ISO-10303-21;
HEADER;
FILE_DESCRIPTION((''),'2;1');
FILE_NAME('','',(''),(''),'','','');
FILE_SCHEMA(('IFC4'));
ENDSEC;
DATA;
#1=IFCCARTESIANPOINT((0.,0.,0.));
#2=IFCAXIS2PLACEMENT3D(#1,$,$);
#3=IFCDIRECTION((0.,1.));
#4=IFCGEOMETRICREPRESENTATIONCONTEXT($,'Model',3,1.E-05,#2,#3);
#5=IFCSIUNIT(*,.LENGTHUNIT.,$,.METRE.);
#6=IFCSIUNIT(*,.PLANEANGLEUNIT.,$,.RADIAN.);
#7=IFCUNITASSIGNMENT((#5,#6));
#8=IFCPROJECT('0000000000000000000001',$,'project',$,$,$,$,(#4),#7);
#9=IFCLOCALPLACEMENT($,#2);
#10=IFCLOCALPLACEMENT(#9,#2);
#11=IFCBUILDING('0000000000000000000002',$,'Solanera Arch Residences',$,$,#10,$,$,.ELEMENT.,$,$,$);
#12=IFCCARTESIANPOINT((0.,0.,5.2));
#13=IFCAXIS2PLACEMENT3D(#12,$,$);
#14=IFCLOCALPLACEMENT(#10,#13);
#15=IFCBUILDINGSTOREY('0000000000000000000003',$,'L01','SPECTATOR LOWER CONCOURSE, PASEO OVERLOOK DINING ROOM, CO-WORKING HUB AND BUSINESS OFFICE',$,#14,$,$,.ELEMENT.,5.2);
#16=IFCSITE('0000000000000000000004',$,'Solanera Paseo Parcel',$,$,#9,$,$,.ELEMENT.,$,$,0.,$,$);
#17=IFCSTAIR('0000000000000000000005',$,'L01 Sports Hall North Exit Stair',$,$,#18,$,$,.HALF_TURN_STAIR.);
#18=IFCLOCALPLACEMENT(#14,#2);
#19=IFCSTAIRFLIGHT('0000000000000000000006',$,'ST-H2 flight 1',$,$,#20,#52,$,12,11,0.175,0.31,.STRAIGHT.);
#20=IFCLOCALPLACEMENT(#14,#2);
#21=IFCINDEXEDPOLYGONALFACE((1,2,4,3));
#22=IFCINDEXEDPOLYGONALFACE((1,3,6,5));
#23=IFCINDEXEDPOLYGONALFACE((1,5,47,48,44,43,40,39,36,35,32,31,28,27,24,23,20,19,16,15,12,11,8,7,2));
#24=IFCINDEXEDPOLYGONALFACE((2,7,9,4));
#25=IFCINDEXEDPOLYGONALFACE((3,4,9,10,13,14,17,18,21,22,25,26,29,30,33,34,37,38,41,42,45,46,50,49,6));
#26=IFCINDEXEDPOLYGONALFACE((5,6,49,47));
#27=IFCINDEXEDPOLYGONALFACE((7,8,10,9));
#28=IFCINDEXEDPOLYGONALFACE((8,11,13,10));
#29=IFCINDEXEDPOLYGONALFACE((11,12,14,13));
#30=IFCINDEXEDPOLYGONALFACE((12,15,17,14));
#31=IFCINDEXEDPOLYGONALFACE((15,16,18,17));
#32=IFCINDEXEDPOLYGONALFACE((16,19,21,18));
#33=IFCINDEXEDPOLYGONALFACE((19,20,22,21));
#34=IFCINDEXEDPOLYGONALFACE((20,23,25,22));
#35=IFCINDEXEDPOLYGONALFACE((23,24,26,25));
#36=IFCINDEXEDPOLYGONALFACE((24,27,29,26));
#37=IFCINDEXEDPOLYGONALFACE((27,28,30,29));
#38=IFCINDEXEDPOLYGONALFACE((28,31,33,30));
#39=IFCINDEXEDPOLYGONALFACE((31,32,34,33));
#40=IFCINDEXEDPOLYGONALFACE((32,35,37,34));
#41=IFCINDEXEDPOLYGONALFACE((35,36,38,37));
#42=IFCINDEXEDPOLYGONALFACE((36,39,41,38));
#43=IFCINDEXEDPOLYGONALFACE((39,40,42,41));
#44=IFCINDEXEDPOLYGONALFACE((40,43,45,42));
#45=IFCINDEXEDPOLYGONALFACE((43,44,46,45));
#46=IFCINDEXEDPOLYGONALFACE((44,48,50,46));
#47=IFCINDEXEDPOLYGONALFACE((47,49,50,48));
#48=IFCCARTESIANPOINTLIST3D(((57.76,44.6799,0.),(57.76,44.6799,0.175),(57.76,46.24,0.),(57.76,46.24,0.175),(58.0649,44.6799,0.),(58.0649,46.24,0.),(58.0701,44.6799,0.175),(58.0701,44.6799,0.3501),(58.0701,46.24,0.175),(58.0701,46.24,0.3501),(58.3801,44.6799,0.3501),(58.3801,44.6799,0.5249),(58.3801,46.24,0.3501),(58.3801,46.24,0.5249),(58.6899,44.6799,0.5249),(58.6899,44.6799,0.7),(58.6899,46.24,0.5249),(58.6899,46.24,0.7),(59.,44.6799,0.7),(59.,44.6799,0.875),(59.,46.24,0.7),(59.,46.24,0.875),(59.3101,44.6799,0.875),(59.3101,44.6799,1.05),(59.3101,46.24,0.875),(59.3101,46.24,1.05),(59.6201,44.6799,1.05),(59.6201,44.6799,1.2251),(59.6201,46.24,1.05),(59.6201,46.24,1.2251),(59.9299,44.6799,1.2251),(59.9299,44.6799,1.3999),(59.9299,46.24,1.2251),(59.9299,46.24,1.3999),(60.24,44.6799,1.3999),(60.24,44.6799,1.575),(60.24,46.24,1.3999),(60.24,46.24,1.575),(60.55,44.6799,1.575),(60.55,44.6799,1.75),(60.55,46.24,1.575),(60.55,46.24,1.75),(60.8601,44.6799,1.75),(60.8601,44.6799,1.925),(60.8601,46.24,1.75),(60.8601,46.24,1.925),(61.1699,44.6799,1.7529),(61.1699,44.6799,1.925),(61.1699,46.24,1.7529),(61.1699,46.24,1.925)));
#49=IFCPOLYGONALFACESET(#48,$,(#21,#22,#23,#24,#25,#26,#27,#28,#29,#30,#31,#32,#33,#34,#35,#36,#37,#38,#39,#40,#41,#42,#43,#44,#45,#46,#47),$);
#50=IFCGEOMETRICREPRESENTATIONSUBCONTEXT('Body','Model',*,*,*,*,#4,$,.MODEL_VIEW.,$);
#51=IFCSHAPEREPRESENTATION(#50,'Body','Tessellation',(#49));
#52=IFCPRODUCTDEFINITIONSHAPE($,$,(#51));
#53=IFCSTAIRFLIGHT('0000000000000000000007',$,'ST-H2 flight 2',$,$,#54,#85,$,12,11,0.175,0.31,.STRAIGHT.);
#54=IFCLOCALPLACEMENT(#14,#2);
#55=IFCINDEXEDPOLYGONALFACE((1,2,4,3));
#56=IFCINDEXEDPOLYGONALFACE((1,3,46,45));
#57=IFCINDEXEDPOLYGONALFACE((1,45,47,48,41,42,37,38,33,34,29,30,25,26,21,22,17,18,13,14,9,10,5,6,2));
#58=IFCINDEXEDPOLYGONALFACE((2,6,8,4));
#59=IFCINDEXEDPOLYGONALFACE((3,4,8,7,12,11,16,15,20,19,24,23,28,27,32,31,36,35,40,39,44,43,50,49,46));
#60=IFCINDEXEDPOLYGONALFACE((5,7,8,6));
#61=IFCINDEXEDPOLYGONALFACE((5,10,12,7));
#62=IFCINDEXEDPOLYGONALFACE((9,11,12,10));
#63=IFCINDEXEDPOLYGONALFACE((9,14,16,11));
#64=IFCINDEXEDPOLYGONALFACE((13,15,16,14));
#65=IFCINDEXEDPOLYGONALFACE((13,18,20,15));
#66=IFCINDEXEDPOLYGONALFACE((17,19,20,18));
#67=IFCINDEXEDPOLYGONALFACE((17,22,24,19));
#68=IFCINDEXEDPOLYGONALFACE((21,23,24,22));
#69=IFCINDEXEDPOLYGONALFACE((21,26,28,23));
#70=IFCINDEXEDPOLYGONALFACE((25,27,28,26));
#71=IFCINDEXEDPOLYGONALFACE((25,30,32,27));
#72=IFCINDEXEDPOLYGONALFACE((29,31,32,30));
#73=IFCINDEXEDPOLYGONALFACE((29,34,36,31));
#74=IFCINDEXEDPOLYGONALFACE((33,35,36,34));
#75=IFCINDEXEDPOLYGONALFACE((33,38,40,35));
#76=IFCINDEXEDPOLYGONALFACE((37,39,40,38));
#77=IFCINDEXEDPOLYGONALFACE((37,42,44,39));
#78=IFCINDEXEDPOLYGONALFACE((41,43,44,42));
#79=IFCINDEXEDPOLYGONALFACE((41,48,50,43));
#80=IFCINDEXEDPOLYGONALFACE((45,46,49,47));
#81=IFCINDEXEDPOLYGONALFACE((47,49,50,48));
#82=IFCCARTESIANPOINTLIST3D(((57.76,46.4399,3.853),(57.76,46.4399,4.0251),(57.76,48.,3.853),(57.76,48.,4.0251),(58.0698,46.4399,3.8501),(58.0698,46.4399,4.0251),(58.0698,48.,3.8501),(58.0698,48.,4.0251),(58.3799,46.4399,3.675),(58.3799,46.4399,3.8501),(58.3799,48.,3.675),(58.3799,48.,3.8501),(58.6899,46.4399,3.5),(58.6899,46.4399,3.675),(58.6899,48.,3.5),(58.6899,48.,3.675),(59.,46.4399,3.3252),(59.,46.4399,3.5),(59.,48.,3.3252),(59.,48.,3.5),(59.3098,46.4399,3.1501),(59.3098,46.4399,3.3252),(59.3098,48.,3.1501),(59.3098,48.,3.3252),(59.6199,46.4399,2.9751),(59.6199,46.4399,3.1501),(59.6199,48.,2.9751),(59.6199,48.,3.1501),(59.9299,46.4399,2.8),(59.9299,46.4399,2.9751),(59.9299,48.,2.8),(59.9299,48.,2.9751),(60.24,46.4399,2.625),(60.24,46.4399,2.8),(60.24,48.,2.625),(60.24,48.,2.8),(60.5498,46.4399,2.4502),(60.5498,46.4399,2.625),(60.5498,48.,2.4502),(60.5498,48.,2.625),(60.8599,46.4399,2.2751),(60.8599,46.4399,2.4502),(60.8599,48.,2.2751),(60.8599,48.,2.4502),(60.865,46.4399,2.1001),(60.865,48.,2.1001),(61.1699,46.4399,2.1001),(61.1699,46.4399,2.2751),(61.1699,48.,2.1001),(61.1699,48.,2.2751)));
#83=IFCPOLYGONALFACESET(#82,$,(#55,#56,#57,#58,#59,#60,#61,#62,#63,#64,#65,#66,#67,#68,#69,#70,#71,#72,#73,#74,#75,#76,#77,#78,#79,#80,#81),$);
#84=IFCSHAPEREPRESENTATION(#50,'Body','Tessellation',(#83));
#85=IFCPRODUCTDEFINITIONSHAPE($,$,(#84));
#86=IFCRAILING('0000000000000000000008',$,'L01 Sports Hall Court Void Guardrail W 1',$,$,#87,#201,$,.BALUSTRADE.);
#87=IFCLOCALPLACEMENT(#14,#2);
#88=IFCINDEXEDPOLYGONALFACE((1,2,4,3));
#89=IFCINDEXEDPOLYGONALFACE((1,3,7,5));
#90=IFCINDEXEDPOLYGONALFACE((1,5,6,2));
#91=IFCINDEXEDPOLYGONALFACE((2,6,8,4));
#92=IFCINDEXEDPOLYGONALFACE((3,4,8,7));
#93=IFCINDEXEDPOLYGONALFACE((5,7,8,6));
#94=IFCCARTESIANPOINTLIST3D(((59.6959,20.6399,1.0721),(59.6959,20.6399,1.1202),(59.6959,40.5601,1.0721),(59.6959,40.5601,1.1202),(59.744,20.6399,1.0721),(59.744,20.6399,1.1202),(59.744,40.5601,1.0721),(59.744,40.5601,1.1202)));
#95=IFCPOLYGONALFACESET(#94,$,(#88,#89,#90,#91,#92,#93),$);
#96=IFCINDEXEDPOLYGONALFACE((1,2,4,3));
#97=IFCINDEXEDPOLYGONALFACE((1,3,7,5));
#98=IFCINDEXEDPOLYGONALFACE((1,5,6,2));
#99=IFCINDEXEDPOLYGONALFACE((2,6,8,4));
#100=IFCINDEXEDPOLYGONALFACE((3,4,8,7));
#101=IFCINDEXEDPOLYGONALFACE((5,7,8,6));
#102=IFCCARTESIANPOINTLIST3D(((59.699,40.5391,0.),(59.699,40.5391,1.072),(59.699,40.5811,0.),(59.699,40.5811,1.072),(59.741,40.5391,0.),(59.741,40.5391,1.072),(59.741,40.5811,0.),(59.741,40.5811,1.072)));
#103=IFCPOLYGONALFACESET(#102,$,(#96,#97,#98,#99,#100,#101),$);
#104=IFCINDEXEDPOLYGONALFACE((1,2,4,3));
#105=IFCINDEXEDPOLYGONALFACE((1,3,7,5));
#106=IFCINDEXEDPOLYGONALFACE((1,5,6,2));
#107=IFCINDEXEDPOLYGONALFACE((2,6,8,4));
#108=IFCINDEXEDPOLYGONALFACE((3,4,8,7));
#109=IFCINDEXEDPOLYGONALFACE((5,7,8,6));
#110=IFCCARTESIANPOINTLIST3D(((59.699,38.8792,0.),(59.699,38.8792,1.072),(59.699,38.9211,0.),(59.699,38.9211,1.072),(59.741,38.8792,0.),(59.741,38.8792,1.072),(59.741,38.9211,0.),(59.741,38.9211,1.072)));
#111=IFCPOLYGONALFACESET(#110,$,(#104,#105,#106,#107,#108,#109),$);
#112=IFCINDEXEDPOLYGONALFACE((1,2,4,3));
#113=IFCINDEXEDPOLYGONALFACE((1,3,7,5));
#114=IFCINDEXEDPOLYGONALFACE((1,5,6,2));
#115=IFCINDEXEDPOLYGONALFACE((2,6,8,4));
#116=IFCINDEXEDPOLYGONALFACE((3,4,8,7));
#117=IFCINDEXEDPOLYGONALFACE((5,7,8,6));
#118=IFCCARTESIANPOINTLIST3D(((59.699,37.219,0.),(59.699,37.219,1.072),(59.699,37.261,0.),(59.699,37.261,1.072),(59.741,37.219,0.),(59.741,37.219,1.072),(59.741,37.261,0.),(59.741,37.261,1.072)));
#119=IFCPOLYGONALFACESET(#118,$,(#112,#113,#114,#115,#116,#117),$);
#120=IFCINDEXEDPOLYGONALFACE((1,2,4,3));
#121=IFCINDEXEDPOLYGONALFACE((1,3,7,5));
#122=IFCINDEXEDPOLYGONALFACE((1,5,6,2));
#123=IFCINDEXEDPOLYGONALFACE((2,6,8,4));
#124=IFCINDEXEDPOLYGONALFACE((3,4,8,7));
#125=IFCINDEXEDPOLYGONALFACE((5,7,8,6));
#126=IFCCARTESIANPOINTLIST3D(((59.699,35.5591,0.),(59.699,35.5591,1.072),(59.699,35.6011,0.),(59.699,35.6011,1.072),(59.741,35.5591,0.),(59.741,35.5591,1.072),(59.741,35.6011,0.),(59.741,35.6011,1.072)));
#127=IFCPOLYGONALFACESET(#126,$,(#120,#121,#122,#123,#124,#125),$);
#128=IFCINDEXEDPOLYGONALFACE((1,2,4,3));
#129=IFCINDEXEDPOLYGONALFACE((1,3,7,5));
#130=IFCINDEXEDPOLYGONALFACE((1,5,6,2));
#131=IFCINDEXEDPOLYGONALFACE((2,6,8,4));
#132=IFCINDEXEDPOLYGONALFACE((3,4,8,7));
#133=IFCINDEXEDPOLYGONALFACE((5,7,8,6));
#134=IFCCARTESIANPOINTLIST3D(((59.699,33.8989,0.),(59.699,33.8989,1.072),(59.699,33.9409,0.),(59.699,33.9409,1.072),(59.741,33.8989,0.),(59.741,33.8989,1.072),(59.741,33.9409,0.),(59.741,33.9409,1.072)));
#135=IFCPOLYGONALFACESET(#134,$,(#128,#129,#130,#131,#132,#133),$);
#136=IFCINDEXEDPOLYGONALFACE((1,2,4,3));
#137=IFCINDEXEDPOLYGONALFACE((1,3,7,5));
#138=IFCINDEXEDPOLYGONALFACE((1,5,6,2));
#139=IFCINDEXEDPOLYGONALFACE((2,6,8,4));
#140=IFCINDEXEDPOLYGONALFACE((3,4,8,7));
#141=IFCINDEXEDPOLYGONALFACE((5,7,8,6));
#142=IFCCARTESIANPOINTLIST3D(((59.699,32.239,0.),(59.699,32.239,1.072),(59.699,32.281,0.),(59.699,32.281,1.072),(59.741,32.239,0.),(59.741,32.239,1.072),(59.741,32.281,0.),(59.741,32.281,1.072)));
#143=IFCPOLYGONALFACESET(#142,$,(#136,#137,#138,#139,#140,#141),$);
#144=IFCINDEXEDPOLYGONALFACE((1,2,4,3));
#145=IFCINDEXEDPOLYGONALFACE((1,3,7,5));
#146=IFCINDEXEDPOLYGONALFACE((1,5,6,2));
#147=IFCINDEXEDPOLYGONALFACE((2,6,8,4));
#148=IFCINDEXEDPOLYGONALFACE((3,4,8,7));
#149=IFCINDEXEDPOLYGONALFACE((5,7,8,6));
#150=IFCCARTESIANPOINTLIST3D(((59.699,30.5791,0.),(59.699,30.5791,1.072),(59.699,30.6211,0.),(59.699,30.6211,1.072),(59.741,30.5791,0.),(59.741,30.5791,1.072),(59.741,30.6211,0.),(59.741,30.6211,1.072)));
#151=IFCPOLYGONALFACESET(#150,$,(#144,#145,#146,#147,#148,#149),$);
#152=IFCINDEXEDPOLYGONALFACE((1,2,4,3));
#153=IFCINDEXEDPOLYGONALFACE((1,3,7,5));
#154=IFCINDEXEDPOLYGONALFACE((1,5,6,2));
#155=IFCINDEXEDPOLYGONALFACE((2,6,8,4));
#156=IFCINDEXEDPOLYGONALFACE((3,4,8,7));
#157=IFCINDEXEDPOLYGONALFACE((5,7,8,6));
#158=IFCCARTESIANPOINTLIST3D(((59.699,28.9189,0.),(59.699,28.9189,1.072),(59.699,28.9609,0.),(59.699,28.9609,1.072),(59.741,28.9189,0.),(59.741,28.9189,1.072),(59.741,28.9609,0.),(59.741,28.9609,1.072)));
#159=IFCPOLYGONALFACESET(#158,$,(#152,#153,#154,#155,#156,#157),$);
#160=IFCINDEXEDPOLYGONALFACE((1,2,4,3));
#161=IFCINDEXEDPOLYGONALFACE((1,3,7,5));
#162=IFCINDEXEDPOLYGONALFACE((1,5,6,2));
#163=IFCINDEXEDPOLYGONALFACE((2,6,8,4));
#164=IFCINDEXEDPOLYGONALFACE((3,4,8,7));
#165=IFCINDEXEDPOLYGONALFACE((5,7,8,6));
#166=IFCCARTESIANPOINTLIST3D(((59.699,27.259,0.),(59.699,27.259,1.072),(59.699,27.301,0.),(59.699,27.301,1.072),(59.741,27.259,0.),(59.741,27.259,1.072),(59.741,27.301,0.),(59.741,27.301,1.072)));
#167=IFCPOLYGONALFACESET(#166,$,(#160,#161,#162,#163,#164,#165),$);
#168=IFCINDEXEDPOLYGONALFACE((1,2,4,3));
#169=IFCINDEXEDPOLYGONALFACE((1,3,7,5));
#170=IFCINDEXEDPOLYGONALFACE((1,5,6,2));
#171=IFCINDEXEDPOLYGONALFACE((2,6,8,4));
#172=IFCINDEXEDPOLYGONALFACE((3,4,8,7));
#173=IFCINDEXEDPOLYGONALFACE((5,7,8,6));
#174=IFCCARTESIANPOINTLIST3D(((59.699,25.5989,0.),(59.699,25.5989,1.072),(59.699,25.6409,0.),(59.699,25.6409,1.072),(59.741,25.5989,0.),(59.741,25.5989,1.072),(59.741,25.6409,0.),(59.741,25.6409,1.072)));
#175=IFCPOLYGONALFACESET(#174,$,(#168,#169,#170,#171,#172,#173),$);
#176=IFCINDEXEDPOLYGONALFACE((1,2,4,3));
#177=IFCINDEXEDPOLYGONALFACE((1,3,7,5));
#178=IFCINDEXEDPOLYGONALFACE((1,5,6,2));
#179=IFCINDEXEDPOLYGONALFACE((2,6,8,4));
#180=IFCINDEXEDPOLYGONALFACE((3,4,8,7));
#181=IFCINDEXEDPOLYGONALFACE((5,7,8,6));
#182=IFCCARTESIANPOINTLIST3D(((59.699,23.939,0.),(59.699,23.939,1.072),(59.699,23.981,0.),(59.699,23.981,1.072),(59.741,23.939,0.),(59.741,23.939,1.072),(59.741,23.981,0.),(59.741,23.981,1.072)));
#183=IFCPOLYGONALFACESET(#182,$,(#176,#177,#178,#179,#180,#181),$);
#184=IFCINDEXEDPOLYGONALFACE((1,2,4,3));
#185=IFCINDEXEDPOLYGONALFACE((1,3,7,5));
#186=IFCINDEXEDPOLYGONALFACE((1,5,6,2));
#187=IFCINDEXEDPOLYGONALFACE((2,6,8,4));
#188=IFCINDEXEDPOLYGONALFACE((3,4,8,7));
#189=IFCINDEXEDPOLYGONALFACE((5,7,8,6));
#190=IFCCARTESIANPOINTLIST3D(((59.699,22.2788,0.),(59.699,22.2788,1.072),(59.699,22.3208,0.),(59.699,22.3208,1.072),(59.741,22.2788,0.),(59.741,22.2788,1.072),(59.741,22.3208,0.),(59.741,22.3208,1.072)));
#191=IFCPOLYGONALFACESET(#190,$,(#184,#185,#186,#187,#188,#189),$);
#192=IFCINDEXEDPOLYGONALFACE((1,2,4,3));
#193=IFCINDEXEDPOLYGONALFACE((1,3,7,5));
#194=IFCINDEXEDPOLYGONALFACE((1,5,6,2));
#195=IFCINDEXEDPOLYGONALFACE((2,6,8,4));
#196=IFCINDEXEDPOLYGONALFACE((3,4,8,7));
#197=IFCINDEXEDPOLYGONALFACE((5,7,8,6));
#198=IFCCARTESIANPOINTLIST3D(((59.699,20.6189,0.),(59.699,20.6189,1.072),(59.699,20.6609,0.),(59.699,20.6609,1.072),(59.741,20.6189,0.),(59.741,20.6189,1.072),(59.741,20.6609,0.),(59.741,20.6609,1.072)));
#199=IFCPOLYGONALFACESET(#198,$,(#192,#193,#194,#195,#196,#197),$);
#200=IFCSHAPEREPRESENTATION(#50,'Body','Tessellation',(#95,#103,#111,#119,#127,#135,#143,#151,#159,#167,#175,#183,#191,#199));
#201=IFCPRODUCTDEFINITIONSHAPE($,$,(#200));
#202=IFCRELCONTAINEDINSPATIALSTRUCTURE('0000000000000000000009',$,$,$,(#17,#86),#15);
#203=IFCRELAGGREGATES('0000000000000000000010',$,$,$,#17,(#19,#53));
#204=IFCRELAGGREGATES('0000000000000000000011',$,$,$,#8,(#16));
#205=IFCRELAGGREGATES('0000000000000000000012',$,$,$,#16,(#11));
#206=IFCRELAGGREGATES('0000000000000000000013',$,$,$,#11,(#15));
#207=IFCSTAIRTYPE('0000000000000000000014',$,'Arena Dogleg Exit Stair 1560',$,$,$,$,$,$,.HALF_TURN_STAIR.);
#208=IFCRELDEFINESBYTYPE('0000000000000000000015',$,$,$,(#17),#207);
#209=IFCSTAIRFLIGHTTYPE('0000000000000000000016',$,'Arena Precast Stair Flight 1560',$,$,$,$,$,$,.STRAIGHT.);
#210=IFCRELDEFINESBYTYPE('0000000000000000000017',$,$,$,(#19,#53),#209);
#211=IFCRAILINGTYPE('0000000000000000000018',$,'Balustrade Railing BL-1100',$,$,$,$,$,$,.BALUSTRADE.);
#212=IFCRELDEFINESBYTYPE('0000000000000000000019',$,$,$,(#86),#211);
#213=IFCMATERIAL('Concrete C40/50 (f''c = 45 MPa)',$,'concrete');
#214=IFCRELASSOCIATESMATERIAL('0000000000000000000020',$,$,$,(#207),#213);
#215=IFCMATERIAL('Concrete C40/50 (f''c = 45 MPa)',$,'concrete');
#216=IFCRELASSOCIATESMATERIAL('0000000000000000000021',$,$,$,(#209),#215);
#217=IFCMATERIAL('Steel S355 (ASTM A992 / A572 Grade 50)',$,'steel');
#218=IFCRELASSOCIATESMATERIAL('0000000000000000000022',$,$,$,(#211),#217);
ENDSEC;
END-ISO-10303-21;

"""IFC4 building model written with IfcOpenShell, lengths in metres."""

from ifc_helpers import new_model, si_unit, direction, frame, origin, origin_2d, place, context, subcontext, project, spatial, polyline, rectangle, outline, extrude, material, type_object, element, aggregate, save


model = new_model("IFC4")

# Units and contexts
model_context = context("Model", 3, precision=1e-05, world=origin(), true_north=direction((0.0, 1.0)))
body_context = subcontext(model_context, "Body", "Model", "MODEL_VIEW")
ifc_project = project(units=[si_unit("LENGTHUNIT", "METRE"), si_unit("PLANEANGLEUNIT", "RADIAN")], contexts=[model_context])

# Site, building, storey
site_placement = place(None, origin())
site = spatial("IfcSite", under=ifc_project, at=site_placement, Name="Solanera Paseo Parcel", CompositionType="ELEMENT", RefElevation=0.0)
building_placement = place(site_placement, origin())
building = spatial("IfcBuilding", under=site, at=building_placement, Name="Solanera Arch Residences", CompositionType="ELEMENT")
storey_placement = place(building_placement, frame((0.0, 0.0, 5.2)))
storey = spatial("IfcBuildingStorey", under=building, at=storey_placement, Name="L01", Description="SPECTATOR LOWER CONCOURSE, PASEO OVERLOOK DINING ROOM, CO-WORKING HUB AND BUSINESS OFFICE", CompositionType="ELEMENT", Elevation=5.2)

# Stair, stair flights
ifc_material_1 = material(Name="Concrete C40/50 (f'c = 45 MPa)", Category="concrete")
stair_type = type_object("IfcStairType", Name="Arena Dogleg Exit Stair 1560", PredefinedType="HALF_TURN_STAIR", material=ifc_material_1)
stair_placement = place(storey_placement, origin())
stair = element("IfcStair", 1, at=stair_placement, inside=storey, type_object=stair_type, Name="L01 Sports Hall North Exit Stair", PredefinedType="HALF_TURN_STAIR")
ifc_material_2 = material(Name="Concrete C40/50 (f'c = 45 MPa)", Category="concrete")
stair_flight_type = type_object("IfcStairFlightType", Name="Arena Precast Stair Flight 1560", PredefinedType="STRAIGHT", material=ifc_material_2)
stair_flight_1_placement = place(storey_placement, frame((57.76, 45.46, 0.0), z_axis=(0.0, 0.0, 1.0), x_axis=(1.0, 0.0, 0.0)))
stair_flight_1 = element("IfcStairFlight", 2, at=stair_flight_1_placement, type_object=stair_flight_type, Name="ST-H2 flight 1", NumberOfRisers=12, NumberOfTreads=11, PredefinedType="STRAIGHT", RiserHeight=0.175, TreadLength=0.31, context=body_context, shape_type="SweptSolid", body=[
    extrude(outline(polyline([(0.0, 0.0), (0.0, 0.175), (0.3101, 0.175), (0.3101, 0.3501), (0.6201, 0.3501), (0.6201, 0.5249), (0.9299, 0.5249), (0.9299, 0.7), (1.24, 0.7), (1.24, 0.875), (1.55, 0.875), (1.55, 1.05), (1.8601, 1.05), (1.8601, 1.2251), (2.1699, 1.2251), (2.1699, 1.3999), (2.48, 1.3999), (2.48, 1.575), (2.79, 1.575), (2.79, 1.75), (3.1001, 1.75), (3.1001, 1.925), (3.4099, 1.925), (3.4099, 2.1001), (3.4099, 1.7529), (0.3049, 0.0), (0.0, 0.0)])), frame((0.0, 0.78, 0.0), z_axis=(0.0, -1.0, 0.0), x_axis=(1.0, 0.0, 0.0)), (0.0, 0.0, 1.0), 1.5601),
])
stair_flight_2_placement = place(storey_placement, frame((61.1699, 47.22, 2.1001), z_axis=(0.0, 0.0, 1.0), x_axis=(-1.0, 0.0, 0.0)))
stair_flight_2 = element("IfcStairFlight", 3, at=stair_flight_2_placement, type_object=stair_flight_type, Name="ST-H2 flight 2", NumberOfRisers=12, NumberOfTreads=11, PredefinedType="STRAIGHT", RiserHeight=0.175, TreadLength=0.31, context=body_context, shape_type="SweptSolid", body=[
    extrude(outline(polyline([(0.0, 0.0), (0.0, 0.175), (0.3101, 0.175), (0.3101, 0.3501), (0.6201, 0.3501), (0.6201, 0.5249), (0.9299, 0.5249), (0.9299, 0.7), (1.24, 0.7), (1.24, 0.875), (1.55, 0.875), (1.55, 1.05), (1.8601, 1.05), (1.8601, 1.2251), (2.1699, 1.2251), (2.1699, 1.3999), (2.48, 1.3999), (2.48, 1.575), (2.79, 1.575), (2.79, 1.75), (3.1001, 1.75), (3.1001, 1.925), (3.4099, 1.925), (3.4099, 2.1001), (3.4099, 1.7529), (0.3049, 0.0), (0.0, 0.0)])), frame((0.0, 0.78, 0.0), z_axis=(0.0, -1.0, 0.0), x_axis=(1.0, 0.0, 0.0)), (0.0, 0.0, 1.0), 1.5601),
])
aggregate(stair, [stair_flight_1, stair_flight_2])

# Railing
ifc_material_3 = material(Name="Steel S355 (ASTM A992 / A572 Grade 50)", Category="steel")
railing_type_1 = type_object("IfcRailingType", Name="Balustrade Railing BL-1100", PredefinedType="BALUSTRADE", material=ifc_material_3)
railing_1_placement = place(storey_placement, frame((59.72, 40.5601, 0.0)))
element("IfcRailing", 4, at=railing_1_placement, inside=storey, type_object=railing_type_1, Name="L01 Sports Hall Court Void Guardrail W 1", PredefinedType="BALUSTRADE", context=body_context, shape_type="SweptSolid", body=[
    extrude(rectangle(XDim=0.0481, YDim=0.0481, at=origin_2d()), frame((0.0, 0.0, 1.0962), z_axis=(0.0, -1.0, 0.0), x_axis=(1.0, 0.0, 0.0)), (0.0, 0.0, 1.0), 19.9202),
    extrude(rectangle(XDim=0.042, YDim=0.042, at=origin_2d()), origin(), (0.0, 0.0, 1.0), 1.072),
    extrude(rectangle(XDim=0.042, YDim=0.042, at=origin_2d()), frame((0.0, -1.6599, 0.0)), (0.0, 0.0, 1.0), 1.072),
    extrude(rectangle(XDim=0.042, YDim=0.042, at=origin_2d()), frame((0.0, -3.3201, 0.0)), (0.0, 0.0, 1.0), 1.072),
    extrude(rectangle(XDim=0.042, YDim=0.042, at=origin_2d()), frame((0.0, -4.98, 0.0)), (0.0, 0.0, 1.0), 1.072),
    extrude(rectangle(XDim=0.042, YDim=0.042, at=origin_2d()), frame((0.0, -6.6401, 0.0)), (0.0, 0.0, 1.0), 1.072),
    extrude(rectangle(XDim=0.042, YDim=0.042, at=origin_2d()), frame((0.0, -8.3, 0.0)), (0.0, 0.0, 1.0), 1.072),
    extrude(rectangle(XDim=0.042, YDim=0.042, at=origin_2d()), frame((0.0, -9.96, 0.0)), (0.0, 0.0, 1.0), 1.072),
    extrude(rectangle(XDim=0.042, YDim=0.042, at=origin_2d()), frame((0.0, -11.6201, 0.0)), (0.0, 0.0, 1.0), 1.072),
    extrude(rectangle(XDim=0.042, YDim=0.042, at=origin_2d()), frame((0.0, -13.28, 0.0)), (0.0, 0.0, 1.0), 1.072),
    extrude(rectangle(XDim=0.042, YDim=0.042, at=origin_2d()), frame((0.0, -14.9402, 0.0)), (0.0, 0.0, 1.0), 1.072),
    extrude(rectangle(XDim=0.042, YDim=0.042, at=origin_2d()), frame((0.0, -16.6001, 0.0)), (0.0, 0.0, 1.0), 1.072),
    extrude(rectangle(XDim=0.042, YDim=0.042, at=origin_2d()), frame((0.0, -18.2603, 0.0)), (0.0, 0.0, 1.0), 1.072),
    extrude(rectangle(XDim=0.042, YDim=0.042, at=origin_2d()), frame((0.0, -19.9202, 0.0)), (0.0, 0.0, 1.0), 1.072),
])

save(model, "model.ifc")
